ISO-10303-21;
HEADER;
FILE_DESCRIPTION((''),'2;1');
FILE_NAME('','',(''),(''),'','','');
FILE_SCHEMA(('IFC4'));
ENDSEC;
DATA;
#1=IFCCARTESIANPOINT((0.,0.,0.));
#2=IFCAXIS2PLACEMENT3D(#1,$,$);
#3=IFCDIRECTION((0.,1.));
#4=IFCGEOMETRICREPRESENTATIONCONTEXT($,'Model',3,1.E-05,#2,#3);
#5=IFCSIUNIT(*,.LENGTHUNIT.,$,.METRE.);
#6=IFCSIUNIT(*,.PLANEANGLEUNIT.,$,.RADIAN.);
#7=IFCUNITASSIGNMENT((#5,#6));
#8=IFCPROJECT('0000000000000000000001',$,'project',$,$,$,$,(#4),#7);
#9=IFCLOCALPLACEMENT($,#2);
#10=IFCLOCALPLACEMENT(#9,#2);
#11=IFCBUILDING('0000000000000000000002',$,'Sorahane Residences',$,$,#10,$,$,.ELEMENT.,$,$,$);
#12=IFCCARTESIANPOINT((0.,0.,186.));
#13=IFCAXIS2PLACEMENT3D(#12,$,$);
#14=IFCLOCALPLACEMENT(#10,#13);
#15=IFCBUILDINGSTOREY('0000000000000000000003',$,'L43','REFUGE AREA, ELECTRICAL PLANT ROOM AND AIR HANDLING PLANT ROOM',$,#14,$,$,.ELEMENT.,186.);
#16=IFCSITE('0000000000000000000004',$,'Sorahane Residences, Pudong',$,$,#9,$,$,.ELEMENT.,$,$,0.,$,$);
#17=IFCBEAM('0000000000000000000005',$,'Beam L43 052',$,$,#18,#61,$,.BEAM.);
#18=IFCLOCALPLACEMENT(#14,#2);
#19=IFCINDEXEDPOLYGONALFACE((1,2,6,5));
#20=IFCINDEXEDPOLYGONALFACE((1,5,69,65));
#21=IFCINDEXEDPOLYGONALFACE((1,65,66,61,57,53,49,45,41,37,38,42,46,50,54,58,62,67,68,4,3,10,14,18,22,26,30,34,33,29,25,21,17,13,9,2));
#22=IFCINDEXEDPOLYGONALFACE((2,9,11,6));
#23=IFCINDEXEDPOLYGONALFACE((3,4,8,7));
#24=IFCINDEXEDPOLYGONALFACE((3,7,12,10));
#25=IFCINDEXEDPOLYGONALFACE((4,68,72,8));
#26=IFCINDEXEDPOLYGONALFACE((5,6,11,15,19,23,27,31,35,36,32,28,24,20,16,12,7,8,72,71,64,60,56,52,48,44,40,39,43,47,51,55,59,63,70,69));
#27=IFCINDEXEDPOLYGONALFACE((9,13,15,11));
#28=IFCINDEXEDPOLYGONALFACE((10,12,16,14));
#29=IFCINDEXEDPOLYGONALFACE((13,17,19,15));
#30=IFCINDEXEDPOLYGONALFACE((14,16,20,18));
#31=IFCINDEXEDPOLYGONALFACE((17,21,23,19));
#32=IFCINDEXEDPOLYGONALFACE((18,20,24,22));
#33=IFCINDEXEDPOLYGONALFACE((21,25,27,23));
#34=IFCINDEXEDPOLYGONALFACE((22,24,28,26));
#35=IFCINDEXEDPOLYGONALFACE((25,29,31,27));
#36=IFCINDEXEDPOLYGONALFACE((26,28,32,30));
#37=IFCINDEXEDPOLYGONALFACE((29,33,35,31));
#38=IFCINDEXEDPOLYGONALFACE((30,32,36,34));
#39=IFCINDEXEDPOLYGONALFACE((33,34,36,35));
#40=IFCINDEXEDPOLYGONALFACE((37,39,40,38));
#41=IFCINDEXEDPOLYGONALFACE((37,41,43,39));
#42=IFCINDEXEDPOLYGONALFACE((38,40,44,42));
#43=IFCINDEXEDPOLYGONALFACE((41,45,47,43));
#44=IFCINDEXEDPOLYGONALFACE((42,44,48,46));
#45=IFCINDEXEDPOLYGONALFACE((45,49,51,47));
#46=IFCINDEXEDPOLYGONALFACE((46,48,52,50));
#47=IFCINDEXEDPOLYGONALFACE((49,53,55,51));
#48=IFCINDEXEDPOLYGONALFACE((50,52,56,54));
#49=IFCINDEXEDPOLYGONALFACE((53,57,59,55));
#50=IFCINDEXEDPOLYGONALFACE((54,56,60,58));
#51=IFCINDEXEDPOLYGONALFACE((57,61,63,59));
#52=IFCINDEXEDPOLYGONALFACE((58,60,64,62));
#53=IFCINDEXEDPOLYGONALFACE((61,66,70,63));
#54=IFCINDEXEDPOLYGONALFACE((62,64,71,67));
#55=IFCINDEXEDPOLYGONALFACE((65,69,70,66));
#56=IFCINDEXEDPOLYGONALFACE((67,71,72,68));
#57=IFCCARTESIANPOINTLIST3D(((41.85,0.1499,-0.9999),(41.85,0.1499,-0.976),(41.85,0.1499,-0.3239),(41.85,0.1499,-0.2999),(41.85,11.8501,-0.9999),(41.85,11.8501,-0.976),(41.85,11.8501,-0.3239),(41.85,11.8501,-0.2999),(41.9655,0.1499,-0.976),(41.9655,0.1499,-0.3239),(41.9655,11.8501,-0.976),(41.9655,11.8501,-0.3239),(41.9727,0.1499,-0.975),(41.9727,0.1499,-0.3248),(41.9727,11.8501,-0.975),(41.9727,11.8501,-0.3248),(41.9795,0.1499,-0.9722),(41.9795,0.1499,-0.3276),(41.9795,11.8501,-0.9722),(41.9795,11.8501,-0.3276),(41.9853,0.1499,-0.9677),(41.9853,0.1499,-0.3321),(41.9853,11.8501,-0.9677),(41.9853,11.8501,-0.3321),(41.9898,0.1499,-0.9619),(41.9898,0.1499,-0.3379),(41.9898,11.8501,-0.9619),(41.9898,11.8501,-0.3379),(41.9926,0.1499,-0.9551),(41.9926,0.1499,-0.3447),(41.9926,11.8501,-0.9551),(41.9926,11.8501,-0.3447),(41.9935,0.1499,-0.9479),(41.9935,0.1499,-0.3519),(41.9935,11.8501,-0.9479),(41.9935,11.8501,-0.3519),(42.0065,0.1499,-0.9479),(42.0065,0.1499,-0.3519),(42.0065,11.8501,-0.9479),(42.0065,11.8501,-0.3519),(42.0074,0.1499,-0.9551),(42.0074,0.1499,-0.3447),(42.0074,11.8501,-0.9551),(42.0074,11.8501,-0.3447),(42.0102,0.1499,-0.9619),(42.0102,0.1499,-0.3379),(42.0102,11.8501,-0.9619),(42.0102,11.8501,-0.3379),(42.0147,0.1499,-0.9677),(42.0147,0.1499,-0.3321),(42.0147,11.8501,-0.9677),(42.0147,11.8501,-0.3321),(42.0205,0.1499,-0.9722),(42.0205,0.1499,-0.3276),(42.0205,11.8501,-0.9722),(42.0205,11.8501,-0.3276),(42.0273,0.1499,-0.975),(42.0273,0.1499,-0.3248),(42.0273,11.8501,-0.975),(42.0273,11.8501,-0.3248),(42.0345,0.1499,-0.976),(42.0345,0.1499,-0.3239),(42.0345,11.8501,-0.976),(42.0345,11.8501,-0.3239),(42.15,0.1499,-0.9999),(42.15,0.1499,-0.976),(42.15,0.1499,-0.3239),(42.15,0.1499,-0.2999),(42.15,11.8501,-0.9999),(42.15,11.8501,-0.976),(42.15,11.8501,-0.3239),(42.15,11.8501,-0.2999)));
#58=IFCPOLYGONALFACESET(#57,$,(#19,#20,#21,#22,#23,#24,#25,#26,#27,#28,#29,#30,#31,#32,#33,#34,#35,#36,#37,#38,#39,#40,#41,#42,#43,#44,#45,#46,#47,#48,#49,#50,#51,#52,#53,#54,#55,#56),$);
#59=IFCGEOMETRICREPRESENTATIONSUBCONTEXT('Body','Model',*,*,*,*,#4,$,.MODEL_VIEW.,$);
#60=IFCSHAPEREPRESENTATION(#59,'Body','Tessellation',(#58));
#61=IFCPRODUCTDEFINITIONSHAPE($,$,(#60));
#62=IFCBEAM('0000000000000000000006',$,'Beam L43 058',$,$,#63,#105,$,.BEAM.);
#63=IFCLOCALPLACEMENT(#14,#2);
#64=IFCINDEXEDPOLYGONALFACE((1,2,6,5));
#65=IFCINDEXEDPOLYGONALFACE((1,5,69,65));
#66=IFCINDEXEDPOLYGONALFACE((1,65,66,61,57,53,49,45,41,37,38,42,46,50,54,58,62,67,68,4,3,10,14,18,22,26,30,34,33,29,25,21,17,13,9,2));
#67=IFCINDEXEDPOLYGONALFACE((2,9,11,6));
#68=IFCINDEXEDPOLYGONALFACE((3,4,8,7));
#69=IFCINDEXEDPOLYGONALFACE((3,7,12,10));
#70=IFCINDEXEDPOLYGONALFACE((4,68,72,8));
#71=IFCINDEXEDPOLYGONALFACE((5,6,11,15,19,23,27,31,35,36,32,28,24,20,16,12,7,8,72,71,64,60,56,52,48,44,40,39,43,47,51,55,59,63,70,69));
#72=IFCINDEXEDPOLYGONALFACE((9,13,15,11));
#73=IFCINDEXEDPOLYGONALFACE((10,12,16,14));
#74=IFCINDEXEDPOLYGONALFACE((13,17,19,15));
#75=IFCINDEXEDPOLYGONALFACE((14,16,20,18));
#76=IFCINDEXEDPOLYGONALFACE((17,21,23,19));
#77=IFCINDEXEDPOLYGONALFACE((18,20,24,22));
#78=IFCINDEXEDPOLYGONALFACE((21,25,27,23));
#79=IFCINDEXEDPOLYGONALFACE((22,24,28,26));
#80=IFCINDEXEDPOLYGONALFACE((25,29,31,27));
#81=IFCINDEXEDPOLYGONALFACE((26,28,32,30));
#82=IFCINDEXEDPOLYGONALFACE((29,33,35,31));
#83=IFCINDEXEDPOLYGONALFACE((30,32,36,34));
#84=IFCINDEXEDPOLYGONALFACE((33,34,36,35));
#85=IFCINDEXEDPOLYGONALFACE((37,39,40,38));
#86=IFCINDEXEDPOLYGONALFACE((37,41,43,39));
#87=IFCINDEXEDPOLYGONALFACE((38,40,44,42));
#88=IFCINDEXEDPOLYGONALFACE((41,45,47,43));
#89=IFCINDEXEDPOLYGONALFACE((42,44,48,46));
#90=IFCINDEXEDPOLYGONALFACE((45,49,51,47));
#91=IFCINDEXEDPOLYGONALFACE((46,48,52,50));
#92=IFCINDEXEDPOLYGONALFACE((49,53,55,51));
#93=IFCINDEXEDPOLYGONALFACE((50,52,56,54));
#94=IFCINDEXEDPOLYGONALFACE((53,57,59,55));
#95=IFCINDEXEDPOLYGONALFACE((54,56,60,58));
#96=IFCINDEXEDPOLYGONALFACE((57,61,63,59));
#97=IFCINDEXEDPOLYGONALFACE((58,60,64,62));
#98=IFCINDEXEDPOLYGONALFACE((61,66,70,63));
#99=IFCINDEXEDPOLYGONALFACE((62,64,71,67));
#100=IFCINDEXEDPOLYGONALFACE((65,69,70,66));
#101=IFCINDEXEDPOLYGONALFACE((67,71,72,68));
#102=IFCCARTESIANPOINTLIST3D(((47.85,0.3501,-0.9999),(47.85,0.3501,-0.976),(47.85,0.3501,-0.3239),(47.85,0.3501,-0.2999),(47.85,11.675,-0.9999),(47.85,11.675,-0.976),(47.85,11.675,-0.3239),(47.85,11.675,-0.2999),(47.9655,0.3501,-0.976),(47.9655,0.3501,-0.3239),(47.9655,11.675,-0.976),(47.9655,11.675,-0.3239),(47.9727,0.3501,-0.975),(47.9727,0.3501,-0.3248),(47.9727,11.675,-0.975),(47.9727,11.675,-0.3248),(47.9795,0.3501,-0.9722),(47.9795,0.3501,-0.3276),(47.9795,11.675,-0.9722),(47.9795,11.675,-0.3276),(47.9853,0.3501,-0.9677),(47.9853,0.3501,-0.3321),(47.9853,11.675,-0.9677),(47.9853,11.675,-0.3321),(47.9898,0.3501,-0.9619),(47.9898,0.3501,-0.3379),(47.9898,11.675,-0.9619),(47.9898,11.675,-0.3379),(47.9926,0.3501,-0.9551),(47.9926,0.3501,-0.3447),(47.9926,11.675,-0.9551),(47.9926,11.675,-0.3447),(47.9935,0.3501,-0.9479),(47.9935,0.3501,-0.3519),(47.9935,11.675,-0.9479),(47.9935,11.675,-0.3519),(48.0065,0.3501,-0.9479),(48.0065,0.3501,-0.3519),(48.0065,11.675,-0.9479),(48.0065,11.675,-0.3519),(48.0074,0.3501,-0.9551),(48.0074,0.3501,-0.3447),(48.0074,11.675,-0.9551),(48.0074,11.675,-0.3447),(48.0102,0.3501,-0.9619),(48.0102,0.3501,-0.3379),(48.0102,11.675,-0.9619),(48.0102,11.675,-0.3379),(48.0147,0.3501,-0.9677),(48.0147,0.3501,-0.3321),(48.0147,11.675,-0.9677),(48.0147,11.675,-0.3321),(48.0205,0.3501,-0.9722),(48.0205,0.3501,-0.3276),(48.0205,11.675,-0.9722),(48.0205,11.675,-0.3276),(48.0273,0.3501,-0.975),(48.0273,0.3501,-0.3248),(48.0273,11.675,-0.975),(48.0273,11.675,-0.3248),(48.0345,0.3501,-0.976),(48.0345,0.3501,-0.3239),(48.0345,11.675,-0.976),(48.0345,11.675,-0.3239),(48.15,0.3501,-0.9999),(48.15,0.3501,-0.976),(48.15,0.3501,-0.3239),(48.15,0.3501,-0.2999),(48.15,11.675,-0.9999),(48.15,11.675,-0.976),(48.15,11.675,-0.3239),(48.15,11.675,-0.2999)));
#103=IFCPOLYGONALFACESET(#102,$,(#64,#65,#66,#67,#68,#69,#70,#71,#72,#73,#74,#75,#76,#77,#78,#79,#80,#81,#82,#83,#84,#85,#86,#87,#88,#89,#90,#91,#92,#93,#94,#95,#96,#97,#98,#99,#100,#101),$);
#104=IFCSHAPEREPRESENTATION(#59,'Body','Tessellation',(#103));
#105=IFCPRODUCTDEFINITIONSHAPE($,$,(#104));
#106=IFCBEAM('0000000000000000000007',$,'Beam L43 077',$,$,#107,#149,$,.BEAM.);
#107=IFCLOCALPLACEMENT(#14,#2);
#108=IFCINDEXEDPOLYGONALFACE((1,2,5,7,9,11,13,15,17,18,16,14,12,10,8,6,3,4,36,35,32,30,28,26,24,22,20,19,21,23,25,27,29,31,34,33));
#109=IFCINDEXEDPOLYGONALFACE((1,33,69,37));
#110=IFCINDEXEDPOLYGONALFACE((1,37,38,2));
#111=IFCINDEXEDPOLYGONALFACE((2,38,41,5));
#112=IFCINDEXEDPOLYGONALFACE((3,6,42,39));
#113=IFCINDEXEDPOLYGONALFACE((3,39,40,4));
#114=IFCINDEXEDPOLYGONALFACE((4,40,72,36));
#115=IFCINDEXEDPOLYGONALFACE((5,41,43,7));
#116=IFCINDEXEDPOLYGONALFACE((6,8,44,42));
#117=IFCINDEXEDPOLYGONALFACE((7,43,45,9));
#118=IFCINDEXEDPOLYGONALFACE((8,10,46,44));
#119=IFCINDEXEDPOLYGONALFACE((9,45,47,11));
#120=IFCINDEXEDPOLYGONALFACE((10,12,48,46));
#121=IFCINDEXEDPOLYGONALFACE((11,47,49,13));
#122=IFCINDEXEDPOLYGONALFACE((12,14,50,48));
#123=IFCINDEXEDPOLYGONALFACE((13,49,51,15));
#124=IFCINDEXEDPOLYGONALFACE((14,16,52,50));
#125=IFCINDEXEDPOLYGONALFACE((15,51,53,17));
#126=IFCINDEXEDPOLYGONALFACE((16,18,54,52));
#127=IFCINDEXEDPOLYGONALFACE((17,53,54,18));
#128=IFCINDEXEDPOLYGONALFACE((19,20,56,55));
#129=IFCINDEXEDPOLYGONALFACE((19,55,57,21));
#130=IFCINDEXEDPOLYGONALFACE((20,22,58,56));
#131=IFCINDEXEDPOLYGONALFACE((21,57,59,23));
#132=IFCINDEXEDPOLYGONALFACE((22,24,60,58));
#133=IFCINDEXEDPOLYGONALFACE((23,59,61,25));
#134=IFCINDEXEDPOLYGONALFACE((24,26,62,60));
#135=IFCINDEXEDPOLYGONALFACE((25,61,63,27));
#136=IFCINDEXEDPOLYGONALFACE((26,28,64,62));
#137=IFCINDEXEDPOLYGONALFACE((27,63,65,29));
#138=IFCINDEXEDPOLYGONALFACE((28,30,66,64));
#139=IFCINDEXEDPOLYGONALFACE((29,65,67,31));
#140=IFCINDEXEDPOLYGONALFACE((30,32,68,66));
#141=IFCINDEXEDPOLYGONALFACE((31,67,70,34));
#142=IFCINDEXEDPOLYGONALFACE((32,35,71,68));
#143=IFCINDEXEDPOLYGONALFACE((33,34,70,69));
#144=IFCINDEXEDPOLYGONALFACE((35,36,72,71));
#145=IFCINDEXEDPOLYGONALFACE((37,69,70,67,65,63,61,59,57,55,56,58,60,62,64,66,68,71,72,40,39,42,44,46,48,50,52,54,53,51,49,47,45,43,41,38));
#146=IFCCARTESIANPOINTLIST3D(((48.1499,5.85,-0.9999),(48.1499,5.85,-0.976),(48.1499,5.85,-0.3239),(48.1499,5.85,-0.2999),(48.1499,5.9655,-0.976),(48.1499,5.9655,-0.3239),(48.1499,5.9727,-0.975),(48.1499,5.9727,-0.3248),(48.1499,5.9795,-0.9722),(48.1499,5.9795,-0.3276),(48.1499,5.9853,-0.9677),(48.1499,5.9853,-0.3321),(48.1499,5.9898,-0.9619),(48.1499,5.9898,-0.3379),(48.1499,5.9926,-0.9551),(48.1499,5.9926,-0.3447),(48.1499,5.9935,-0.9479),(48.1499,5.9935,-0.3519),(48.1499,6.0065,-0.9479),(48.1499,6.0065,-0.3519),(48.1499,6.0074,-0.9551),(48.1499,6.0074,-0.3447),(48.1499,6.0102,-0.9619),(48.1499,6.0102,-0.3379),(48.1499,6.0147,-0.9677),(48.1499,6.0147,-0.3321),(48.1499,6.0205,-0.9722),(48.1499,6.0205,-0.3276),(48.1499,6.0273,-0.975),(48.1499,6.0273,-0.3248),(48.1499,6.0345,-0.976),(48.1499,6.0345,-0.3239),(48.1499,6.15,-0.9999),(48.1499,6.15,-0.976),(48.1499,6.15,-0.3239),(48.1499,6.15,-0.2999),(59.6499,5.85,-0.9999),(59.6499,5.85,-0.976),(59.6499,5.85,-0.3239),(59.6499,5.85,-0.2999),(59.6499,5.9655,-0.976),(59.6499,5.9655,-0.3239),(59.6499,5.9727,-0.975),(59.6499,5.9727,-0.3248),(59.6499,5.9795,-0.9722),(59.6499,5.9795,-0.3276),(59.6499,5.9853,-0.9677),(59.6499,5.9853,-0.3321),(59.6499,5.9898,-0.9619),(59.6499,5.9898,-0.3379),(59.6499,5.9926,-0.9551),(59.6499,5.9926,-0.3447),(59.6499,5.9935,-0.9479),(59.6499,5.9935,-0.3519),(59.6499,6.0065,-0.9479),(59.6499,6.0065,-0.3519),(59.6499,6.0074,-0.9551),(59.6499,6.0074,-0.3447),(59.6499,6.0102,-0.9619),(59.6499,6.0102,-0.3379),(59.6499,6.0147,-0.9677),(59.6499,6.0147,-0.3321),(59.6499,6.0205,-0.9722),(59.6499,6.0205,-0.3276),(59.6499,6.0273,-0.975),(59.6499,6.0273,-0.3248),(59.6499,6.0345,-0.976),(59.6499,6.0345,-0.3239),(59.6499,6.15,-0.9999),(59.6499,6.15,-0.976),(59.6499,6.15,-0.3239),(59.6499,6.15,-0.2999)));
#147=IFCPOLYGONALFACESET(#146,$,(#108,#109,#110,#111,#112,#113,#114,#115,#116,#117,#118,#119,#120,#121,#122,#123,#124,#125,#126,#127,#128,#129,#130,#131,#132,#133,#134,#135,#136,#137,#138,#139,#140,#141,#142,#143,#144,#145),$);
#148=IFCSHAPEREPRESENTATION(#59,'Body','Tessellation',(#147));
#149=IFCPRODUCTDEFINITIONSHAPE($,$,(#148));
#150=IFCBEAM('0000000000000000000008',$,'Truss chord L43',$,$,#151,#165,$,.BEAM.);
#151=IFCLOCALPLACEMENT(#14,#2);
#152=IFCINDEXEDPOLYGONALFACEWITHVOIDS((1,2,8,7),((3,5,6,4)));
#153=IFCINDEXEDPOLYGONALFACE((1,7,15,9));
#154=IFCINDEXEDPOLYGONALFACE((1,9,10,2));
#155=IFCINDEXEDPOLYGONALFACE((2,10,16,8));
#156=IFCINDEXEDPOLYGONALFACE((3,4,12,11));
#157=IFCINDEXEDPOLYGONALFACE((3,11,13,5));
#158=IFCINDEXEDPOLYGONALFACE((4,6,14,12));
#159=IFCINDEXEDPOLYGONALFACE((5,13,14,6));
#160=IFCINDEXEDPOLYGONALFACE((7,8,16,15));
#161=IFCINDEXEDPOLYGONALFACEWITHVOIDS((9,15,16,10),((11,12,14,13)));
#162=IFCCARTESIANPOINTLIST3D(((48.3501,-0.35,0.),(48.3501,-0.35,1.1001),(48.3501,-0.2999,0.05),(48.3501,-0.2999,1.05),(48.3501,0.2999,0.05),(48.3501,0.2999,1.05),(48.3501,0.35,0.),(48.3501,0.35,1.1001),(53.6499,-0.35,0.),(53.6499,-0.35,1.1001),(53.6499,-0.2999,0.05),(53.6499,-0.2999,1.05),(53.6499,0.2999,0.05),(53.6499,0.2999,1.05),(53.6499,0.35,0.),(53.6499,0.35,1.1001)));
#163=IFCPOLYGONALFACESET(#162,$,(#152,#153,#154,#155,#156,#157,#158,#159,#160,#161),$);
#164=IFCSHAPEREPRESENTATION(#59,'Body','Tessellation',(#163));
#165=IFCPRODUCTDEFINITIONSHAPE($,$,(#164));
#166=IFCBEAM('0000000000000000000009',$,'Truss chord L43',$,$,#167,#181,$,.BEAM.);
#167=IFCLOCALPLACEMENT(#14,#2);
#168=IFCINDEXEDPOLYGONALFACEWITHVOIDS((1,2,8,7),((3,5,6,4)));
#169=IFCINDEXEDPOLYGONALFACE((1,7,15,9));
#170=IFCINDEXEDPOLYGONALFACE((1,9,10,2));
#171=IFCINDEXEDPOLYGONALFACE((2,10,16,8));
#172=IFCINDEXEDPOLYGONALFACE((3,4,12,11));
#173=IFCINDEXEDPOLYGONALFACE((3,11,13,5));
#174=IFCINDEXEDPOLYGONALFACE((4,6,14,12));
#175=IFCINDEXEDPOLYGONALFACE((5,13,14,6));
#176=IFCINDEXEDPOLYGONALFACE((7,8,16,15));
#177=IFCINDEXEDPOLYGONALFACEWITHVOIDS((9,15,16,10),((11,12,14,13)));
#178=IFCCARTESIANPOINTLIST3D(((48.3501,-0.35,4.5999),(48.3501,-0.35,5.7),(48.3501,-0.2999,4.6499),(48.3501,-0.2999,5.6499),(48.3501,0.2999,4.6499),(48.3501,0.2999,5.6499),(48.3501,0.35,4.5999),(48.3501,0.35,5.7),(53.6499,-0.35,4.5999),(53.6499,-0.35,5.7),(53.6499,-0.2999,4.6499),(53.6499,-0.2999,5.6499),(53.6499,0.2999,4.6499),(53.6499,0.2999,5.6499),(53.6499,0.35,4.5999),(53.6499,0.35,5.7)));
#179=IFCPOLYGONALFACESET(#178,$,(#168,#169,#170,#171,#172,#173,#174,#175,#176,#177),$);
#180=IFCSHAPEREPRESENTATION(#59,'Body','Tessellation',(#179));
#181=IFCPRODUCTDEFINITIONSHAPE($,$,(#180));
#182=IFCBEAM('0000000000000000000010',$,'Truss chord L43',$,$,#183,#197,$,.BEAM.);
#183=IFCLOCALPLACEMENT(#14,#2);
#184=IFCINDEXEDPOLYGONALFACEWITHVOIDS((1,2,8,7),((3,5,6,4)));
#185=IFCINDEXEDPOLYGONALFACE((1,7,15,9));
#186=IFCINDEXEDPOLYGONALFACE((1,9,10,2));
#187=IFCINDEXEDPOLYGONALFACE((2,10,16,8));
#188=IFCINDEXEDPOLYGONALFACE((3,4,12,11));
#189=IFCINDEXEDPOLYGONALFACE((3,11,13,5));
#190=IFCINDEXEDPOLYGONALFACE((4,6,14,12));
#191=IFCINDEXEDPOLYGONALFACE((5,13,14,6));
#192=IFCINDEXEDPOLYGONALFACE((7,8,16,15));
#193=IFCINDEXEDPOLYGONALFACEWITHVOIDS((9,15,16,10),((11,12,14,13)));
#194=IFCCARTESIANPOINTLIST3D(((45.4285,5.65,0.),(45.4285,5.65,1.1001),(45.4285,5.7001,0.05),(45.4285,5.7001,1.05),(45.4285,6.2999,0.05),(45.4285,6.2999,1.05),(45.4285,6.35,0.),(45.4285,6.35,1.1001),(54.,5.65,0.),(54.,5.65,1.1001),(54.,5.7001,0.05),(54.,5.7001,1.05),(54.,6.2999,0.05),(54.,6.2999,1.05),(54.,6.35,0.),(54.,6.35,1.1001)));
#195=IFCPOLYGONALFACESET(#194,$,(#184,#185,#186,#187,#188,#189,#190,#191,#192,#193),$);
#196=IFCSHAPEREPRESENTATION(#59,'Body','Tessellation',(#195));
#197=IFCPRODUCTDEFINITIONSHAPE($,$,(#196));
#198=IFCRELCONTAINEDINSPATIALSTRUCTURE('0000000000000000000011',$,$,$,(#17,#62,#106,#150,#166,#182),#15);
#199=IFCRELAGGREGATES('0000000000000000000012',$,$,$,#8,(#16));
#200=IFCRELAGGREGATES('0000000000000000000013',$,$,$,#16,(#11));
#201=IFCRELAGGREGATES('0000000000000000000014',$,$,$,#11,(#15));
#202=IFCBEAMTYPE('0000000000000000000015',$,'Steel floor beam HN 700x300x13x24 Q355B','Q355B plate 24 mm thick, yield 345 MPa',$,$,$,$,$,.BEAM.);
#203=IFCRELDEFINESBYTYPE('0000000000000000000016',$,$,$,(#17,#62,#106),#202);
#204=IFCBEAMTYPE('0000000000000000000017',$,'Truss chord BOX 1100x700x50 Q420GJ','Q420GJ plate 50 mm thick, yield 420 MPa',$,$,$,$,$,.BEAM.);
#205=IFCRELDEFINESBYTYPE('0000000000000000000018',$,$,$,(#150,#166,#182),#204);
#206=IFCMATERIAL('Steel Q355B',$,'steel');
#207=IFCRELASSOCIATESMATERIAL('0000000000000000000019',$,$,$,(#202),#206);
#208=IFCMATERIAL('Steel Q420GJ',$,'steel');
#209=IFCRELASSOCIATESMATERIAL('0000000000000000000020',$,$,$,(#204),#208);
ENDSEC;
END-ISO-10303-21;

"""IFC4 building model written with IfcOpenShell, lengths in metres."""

from ifc_helpers import new_model, si_unit, direction, frame, origin, origin_2d, place, context, subcontext, project, spatial, hollow_rectangle, i_section, extrude, material, material_profile, profile_set, type_object, element, save


model = new_model("IFC4")

# Units and contexts
model_context = context("Model", 3, precision=1e-05, world=origin(), true_north=direction((0.0, 1.0)))
body_context = subcontext(model_context, "Body", "Model", "MODEL_VIEW")
ifc_project = project(units=[si_unit("LENGTHUNIT", "METRE"), si_unit("PLANEANGLEUNIT", "RADIAN")], contexts=[model_context])

# Site, building, storey
site_placement = place(None, origin())
site = spatial("IfcSite", under=ifc_project, at=site_placement, Name="Sorahane Residences, Pudong", CompositionType="ELEMENT", RefElevation=0.0)
building_placement = place(site_placement, origin())
building = spatial("IfcBuilding", under=site, at=building_placement, Name="Sorahane Residences", CompositionType="ELEMENT")
storey_placement = place(building_placement, frame((0.0, 0.0, 186.0)))
storey = spatial("IfcBuildingStorey", under=building, at=storey_placement, Name="L43", Description="REFUGE AREA, ELECTRICAL PLANT ROOM AND AIR HANDLING PLANT ROOM", CompositionType="ELEMENT", Elevation=186.0)

# Beams
ifc_material_1 = material(Name="Steel Q355B", Category="steel")
ifc_material_profile_1 = material_profile(ifc_material_1, i_section(OverallWidth=0.3, OverallDepth=0.7, WebThickness=0.0129, FlangeThickness=0.0239, FilletRadius=0.0281, at=origin_2d()), Name="HN 700x300x13x24")
ifc_profile_set_1 = profile_set([ifc_material_profile_1], Name="Steel Q355B")
beam_type_1 = type_object("IfcBeamType", Name="Steel floor beam HN 700x300x13x24 Q355B", Description="Q355B plate 24 mm thick, yield 345 MPa", PredefinedType="BEAM", material=ifc_profile_set_1)
beam_1_placement = place(storey_placement, frame((42.0, 0.1499, -0.6499), z_axis=(0.0, 1.0, 0.0), x_axis=(-1.0, 0.0, 0.0)))
element("IfcBeam", 1, at=beam_1_placement, inside=storey, type_object=beam_type_1, Name="Beam L43 052", PredefinedType="BEAM", context=body_context, shape_type="SweptSolid", body=[
    extrude(i_section(OverallWidth=0.3, OverallDepth=0.7, WebThickness=0.0129, FlangeThickness=0.0239, FilletRadius=0.0281, at=origin_2d()), origin(), (0.0, 0.0, 1.0), 11.7002),
])
beam_2_placement = place(storey_placement, frame((48.0, 0.3501, -0.6499), z_axis=(0.0, 1.0, 0.0), x_axis=(-1.0, 0.0, 0.0)))
element("IfcBeam", 2, at=beam_2_placement, inside=storey, type_object=beam_type_1, Name="Beam L43 058", PredefinedType="BEAM", context=body_context, shape_type="SweptSolid", body=[
    extrude(i_section(OverallWidth=0.3, OverallDepth=0.7, WebThickness=0.0129, FlangeThickness=0.0239, FilletRadius=0.0281, at=origin_2d()), origin(), (0.0, 0.0, 1.0), 11.325),
])
beam_3_placement = place(storey_placement, frame((48.1499, 6.0, -0.6499), z_axis=(1.0, 0.0, 0.0), x_axis=(0.0, 1.0, 0.0)))
element("IfcBeam", 3, at=beam_3_placement, inside=storey, type_object=beam_type_1, Name="Beam L43 077", PredefinedType="BEAM", context=body_context, shape_type="SweptSolid", body=[
    extrude(i_section(OverallWidth=0.3, OverallDepth=0.7, WebThickness=0.0129, FlangeThickness=0.0239, FilletRadius=0.0281, at=origin_2d()), origin(), (0.0, 0.0, 1.0), 11.5),
])
ifc_material_2 = material(Name="Steel Q420GJ", Category="steel")
ifc_material_profile_2 = material_profile(ifc_material_2, hollow_rectangle(XDim=0.7, YDim=1.1001, WallThickness=0.05, at=origin_2d()), Name="BOX 1100x700x50")
ifc_profile_set_2 = profile_set([ifc_material_profile_2], Name="Steel Q420GJ")
beam_type_2 = type_object("IfcBeamType", Name="Truss chord BOX 1100x700x50 Q420GJ", Description="Q420GJ plate 50 mm thick, yield 420 MPa", PredefinedType="BEAM", material=ifc_profile_set_2)
for number, where, z_axis, x_axis, name in (
    (4, (48.3501, 0.0, 0.55), (1.0, 0.0, 0.0), (0.0, 1.0, 0.0), "Truss chord L43"),
    (5, (48.3501, 0.0, 5.1499), (1.0, 0.0, 0.0), (0.0, 1.0, 0.0), "Truss chord L43"),
):
    element("IfcBeam", number, at=place(storey_placement, frame(where, z_axis=z_axis, x_axis=x_axis)), inside=storey, type_object=beam_type_2, Name=name, PredefinedType="BEAM", context=body_context, shape_type="SweptSolid", body=[
        extrude(hollow_rectangle(XDim=0.7, YDim=1.1001, WallThickness=0.05, at=origin_2d()), origin(), (0.0, 0.0, 1.0), 5.2998),
    ])
for number, where, z_axis, x_axis, name in (
    (6, (45.4285, 6.0, 0.55), (1.0, 0.0, 0.0), (0.0, 1.0, 0.0), "Truss chord L43"),
):
    element("IfcBeam", number, at=place(storey_placement, frame(where, z_axis=z_axis, x_axis=x_axis)), inside=storey, type_object=beam_type_2, Name=name, PredefinedType="BEAM", context=body_context, shape_type="SweptSolid", body=[
        extrude(hollow_rectangle(XDim=0.7, YDim=1.1001, WallThickness=0.05, at=origin_2d()), origin(), (0.0, 0.0, 1.0), 8.5715),
    ])

save(model, "model.ifc")
